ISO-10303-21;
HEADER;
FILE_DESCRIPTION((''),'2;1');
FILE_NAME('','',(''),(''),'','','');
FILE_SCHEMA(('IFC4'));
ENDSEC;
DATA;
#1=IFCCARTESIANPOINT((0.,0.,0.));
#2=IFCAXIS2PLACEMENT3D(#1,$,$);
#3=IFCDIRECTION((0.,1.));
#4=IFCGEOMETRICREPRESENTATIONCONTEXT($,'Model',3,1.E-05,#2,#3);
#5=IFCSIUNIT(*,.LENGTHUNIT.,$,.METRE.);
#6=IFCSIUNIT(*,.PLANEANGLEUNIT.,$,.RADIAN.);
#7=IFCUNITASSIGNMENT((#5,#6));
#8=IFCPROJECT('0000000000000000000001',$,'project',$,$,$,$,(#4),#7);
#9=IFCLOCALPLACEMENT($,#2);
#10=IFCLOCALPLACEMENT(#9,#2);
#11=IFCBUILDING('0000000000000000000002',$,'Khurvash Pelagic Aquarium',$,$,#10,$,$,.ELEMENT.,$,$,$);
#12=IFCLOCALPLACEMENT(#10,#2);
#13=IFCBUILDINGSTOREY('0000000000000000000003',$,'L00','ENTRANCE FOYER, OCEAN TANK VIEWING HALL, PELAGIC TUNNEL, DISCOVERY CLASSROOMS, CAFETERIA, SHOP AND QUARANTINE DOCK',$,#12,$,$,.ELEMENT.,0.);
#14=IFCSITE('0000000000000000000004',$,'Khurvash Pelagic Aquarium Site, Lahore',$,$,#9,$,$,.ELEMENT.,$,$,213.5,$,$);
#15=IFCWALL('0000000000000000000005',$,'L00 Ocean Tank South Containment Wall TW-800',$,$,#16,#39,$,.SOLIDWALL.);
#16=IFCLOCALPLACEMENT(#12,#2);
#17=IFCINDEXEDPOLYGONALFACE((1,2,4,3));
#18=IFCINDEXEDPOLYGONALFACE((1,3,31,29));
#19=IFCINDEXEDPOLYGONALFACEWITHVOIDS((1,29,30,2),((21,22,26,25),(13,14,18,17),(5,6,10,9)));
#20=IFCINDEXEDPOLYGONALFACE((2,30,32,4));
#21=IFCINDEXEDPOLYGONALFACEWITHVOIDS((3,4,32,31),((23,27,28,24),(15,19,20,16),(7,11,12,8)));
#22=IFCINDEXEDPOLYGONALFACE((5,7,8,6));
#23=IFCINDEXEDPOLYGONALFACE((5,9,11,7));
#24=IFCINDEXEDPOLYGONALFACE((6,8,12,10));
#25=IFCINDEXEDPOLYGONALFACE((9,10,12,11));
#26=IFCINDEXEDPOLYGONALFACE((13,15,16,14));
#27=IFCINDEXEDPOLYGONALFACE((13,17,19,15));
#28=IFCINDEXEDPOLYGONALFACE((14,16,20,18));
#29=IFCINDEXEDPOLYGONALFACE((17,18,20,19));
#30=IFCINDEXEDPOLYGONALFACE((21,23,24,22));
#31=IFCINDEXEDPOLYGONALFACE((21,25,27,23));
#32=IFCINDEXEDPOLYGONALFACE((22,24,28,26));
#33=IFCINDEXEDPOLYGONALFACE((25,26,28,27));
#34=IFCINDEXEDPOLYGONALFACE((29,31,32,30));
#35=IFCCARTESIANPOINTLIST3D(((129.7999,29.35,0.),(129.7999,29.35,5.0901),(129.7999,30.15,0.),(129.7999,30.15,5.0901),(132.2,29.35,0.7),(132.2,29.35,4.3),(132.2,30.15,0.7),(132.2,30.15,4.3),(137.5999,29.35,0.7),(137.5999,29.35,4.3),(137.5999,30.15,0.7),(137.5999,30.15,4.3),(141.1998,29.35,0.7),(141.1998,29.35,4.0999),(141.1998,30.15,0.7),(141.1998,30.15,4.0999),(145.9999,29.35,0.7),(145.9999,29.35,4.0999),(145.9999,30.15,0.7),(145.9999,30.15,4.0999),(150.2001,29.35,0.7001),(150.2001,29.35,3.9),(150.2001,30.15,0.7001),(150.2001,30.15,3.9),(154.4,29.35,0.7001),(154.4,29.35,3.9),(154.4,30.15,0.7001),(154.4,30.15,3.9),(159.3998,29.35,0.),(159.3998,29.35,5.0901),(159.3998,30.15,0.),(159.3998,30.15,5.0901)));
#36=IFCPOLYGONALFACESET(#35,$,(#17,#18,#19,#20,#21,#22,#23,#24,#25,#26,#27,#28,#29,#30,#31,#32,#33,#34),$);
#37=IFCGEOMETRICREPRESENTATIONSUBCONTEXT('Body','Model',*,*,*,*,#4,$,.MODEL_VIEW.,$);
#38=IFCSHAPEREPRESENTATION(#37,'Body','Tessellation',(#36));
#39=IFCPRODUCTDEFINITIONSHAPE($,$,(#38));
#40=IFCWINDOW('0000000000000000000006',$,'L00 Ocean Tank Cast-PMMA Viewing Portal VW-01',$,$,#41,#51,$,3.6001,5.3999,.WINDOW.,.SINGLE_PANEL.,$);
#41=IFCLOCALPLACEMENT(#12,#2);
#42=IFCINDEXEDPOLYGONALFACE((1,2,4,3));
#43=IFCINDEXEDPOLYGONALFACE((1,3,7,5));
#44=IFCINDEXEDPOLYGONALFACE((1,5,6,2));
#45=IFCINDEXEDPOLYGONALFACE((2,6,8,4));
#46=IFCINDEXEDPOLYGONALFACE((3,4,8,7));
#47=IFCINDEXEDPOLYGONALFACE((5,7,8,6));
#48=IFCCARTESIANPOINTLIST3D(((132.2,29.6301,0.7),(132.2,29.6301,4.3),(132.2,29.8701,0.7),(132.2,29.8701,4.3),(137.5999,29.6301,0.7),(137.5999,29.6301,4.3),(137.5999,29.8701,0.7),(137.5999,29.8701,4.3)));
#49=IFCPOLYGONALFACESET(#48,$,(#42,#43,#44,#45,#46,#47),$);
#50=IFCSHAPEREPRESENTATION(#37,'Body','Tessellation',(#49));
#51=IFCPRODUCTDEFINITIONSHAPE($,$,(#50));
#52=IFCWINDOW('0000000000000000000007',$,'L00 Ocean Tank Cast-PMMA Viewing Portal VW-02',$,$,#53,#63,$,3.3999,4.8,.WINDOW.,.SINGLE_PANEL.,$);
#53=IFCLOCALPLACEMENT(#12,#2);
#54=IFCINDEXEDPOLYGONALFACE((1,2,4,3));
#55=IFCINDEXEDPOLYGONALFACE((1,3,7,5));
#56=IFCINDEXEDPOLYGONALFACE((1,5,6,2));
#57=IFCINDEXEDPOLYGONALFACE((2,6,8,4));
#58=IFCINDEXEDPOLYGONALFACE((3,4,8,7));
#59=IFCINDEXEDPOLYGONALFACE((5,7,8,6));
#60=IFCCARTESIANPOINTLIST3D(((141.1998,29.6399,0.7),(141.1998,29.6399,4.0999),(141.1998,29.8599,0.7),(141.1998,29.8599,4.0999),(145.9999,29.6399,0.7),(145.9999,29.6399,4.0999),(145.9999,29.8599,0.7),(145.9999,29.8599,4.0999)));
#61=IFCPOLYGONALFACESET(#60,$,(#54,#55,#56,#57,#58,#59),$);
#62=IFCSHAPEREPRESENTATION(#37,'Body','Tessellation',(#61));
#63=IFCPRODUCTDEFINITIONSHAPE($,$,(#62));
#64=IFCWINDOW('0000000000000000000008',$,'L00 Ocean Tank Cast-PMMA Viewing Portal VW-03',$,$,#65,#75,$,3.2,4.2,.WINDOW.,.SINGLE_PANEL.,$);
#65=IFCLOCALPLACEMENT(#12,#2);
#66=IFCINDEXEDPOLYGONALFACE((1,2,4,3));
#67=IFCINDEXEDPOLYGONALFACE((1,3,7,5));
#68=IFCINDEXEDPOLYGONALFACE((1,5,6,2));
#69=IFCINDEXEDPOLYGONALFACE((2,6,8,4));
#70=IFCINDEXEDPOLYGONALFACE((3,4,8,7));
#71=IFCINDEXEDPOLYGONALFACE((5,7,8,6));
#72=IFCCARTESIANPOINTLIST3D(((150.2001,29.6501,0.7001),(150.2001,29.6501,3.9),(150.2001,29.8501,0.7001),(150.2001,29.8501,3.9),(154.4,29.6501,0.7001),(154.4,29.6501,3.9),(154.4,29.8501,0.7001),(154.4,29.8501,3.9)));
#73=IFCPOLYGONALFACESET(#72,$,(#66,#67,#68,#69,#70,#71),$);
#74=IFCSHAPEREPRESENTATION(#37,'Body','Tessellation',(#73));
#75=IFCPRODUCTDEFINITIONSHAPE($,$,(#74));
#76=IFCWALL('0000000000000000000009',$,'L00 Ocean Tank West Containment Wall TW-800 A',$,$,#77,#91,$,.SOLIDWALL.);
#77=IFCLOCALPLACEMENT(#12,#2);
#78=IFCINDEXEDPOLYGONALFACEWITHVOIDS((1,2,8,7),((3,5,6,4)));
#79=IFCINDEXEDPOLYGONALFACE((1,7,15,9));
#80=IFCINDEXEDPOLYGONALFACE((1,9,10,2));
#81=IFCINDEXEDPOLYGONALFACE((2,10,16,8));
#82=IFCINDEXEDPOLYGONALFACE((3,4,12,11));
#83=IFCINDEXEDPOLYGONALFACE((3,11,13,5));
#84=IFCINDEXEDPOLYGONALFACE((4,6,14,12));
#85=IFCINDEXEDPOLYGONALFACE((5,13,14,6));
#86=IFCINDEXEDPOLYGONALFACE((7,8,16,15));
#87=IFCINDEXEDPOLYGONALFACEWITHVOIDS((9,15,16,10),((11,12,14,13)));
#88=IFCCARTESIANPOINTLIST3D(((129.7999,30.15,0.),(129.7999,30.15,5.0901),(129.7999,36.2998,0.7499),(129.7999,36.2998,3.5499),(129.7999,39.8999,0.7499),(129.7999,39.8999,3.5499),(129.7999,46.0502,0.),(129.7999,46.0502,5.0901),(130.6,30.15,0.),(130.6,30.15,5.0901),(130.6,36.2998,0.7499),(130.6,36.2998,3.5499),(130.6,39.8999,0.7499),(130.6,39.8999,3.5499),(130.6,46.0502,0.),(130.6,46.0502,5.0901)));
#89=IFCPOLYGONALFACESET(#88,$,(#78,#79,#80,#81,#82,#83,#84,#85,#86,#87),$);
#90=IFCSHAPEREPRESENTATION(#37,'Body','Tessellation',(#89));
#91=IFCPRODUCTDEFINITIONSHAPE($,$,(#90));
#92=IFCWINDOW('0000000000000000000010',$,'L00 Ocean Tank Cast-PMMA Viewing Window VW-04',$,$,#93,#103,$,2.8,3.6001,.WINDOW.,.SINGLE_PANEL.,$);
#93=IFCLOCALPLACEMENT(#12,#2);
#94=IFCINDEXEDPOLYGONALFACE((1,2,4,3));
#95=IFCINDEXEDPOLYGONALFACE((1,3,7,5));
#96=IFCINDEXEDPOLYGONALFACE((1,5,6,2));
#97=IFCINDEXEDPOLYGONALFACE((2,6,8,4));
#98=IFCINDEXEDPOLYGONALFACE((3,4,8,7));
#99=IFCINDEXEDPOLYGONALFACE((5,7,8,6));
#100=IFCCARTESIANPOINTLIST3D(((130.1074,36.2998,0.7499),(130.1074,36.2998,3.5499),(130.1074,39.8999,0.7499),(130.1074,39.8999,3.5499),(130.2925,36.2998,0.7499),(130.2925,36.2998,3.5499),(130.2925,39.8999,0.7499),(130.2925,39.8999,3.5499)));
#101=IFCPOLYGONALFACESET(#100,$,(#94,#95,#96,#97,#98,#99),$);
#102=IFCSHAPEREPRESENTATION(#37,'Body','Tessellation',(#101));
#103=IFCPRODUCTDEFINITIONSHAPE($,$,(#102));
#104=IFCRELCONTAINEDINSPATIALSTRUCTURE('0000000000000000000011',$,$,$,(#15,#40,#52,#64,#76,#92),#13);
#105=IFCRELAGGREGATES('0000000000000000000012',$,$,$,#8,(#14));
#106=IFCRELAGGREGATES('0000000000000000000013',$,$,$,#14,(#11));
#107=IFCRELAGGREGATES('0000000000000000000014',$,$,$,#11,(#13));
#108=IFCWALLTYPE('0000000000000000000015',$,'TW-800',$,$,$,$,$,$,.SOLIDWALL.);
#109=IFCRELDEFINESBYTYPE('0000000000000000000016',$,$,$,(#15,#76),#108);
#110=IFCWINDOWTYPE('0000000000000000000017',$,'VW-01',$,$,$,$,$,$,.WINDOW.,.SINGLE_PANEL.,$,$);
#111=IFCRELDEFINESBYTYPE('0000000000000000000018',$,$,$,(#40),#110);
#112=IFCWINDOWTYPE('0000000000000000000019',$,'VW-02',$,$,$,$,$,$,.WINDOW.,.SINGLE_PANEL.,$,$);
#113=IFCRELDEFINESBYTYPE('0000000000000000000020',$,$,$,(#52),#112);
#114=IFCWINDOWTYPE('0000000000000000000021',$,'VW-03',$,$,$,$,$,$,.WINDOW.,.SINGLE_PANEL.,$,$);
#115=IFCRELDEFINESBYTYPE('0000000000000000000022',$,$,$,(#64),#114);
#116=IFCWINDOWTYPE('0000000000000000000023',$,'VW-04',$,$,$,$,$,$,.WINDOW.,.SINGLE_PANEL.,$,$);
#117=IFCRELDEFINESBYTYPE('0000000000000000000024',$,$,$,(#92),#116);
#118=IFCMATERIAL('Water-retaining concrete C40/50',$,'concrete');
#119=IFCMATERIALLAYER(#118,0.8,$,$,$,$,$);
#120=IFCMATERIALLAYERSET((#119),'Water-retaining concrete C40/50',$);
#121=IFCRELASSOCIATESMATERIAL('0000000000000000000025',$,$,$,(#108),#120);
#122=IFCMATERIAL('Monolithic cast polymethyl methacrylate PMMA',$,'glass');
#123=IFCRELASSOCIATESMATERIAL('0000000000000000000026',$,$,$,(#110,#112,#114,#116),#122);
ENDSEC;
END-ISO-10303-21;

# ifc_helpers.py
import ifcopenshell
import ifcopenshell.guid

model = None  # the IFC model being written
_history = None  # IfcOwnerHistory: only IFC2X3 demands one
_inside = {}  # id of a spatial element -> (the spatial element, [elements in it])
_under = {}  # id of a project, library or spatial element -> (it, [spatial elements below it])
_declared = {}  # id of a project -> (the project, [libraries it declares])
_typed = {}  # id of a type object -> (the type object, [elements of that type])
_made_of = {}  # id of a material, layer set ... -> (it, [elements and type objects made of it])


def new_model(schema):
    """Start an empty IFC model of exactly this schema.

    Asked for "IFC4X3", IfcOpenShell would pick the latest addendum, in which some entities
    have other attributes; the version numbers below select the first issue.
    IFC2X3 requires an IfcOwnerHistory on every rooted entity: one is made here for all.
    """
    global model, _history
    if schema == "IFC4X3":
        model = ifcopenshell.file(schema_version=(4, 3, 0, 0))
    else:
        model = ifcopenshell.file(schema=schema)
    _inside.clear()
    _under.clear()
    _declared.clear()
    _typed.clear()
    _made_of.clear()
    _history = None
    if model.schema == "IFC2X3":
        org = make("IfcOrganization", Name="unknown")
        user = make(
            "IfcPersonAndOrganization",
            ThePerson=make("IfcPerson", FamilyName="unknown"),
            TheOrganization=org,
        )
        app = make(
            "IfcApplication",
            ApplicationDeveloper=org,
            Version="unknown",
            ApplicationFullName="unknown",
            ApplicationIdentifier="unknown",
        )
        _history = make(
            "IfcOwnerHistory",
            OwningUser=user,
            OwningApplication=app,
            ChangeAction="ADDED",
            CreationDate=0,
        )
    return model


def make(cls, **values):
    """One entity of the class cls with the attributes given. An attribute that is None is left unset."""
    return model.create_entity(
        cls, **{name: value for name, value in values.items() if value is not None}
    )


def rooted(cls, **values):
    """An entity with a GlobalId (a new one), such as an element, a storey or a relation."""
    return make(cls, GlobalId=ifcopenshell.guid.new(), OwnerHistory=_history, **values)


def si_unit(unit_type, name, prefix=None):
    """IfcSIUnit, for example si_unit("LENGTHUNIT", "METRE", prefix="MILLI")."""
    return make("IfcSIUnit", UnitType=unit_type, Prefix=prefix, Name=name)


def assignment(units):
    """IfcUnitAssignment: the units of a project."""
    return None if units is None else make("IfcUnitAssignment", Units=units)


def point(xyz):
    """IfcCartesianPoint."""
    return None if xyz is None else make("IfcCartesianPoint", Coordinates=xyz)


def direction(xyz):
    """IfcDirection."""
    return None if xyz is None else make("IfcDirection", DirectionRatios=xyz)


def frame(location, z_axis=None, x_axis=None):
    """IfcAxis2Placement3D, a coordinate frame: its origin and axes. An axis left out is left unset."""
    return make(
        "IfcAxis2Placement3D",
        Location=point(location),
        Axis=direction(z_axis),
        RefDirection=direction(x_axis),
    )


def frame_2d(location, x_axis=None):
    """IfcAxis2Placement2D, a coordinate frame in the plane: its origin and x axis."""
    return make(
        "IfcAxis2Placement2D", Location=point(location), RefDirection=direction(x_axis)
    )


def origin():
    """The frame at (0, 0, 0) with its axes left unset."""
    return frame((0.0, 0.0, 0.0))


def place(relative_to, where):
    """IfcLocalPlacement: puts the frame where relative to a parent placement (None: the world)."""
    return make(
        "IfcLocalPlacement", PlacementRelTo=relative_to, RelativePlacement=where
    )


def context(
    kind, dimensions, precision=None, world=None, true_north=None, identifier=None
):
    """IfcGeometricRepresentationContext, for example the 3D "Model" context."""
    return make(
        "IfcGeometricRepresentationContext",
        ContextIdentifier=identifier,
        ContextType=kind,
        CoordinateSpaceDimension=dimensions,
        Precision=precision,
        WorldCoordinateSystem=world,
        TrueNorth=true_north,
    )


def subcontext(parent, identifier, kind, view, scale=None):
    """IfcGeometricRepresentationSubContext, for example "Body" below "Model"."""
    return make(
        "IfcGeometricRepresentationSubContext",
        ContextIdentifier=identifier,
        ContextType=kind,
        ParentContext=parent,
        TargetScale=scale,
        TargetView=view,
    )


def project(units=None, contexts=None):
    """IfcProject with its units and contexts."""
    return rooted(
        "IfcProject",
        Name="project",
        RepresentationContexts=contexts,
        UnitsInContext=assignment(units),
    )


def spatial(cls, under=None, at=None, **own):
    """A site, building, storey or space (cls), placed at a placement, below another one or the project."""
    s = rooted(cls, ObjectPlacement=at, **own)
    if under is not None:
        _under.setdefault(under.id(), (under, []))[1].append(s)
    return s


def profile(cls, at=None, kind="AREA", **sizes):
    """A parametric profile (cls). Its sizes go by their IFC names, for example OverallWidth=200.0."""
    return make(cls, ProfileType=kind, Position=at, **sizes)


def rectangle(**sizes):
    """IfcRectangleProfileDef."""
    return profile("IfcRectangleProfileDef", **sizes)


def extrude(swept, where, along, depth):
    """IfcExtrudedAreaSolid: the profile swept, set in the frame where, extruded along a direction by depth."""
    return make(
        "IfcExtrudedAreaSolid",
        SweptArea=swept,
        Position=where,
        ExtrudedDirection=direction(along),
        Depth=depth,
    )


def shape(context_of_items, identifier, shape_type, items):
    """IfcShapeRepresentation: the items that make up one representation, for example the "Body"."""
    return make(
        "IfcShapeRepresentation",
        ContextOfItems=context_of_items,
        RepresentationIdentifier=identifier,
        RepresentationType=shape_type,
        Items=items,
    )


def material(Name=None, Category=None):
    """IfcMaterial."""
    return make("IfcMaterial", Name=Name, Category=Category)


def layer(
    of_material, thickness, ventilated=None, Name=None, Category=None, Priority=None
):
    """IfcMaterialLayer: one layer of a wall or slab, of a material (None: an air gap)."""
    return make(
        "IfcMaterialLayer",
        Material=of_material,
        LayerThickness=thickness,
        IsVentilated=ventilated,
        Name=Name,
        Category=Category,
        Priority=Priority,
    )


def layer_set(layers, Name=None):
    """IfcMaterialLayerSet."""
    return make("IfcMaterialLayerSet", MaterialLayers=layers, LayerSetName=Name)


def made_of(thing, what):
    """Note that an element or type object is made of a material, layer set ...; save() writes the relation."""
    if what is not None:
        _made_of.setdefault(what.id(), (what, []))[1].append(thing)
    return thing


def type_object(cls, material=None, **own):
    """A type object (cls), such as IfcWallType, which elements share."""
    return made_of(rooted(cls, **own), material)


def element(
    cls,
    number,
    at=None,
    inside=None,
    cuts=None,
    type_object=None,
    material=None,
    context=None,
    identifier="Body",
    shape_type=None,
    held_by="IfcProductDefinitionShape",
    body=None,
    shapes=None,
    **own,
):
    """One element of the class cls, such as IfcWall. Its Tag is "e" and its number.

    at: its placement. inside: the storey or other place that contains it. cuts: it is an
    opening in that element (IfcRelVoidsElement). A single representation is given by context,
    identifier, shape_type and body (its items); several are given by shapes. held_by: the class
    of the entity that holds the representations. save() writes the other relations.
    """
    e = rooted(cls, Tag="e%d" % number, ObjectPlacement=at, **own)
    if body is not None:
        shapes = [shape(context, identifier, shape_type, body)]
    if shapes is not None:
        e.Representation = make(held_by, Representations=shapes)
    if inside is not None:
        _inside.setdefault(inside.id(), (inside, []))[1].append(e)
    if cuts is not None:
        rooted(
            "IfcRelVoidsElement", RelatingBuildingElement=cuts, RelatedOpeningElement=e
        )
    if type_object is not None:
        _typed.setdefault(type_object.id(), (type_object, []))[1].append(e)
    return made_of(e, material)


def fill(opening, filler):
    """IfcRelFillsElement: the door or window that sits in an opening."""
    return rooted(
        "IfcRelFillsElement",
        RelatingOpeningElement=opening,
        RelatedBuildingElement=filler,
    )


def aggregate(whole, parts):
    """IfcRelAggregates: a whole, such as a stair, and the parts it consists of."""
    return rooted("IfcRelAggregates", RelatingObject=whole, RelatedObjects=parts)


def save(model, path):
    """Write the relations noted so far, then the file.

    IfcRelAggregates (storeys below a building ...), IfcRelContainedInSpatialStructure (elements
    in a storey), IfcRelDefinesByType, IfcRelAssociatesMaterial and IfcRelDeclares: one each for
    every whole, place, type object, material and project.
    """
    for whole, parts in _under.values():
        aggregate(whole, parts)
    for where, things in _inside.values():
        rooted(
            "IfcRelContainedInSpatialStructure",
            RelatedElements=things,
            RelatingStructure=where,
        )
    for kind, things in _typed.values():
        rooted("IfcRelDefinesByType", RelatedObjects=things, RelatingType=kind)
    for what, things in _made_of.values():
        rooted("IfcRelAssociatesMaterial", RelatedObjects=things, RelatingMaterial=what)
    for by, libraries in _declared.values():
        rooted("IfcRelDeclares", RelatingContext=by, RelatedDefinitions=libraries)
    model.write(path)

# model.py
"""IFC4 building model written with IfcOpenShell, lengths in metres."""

from ifc_helpers import new_model, si_unit, direction, frame, frame_2d, origin, place, context, subcontext, project, spatial, rectangle, extrude, material, layer, layer_set, type_object, element, fill, save


model = new_model("IFC4")

# Units and contexts
model_context = context("Model", 3, precision=1e-05, world=origin(), true_north=direction((0.0, 1.0)))
body_context = subcontext(model_context, "Body", "Model", "MODEL_VIEW")
ifc_project = project(units=[si_unit("LENGTHUNIT", "METRE"), si_unit("PLANEANGLEUNIT", "RADIAN")], contexts=[model_context])

# Site, building, storey
site_placement = place(None, origin())
site = spatial("IfcSite", under=ifc_project, at=site_placement, Name="Khurvash Pelagic Aquarium Site, Lahore", CompositionType="ELEMENT", RefElevation=213.5)
building_placement = place(site_placement, origin())
building = spatial("IfcBuilding", under=site, at=building_placement, Name="Khurvash Pelagic Aquarium", CompositionType="ELEMENT")
storey_placement = place(building_placement, origin())
storey = spatial("IfcBuildingStorey", under=building, at=storey_placement, Name="L00", Description="ENTRANCE FOYER, OCEAN TANK VIEWING HALL, PELAGIC TUNNEL, DISCOVERY CLASSROOMS, CAFETERIA, SHOP AND QUARANTINE DOCK", CompositionType="ELEMENT", Elevation=0.0)

# Shared definitions
ifc_material_1 = material(Name="Water-retaining concrete C40/50", Category="concrete")

# Wall, openings, windows
ifc_layer_1 = layer(ifc_material_1, 0.8)
ifc_layer_set_1 = layer_set([ifc_layer_1], Name="Water-retaining concrete C40/50")
wall_type_1 = type_object("IfcWallType", Name="TW-800", PredefinedType="SOLIDWALL", material=ifc_layer_set_1)
wall_1_placement = place(storey_placement, frame((129.8, 29.75, 0.0), z_axis=(0.0, 0.0, 1.0), x_axis=(1.0, 0.0, 0.0)))
wall_1 = element("IfcWall", 1, at=wall_1_placement, inside=storey, type_object=wall_type_1, Name="L00 Ocean Tank South Containment Wall TW-800", PredefinedType="SOLIDWALL", context=body_context, shape_type="SweptSolid", body=[
    extrude(rectangle(XDim=29.5999, YDim=0.8, at=frame_2d((14.7998, 0.0))), origin(), (0.0, 0.0, 1.0), 5.0901),
])
opening_1_placement = place(wall_1_placement, frame((2.3999, 0.0, 0.7)))
opening_1 = element("IfcOpeningElement", 2, at=opening_1_placement, cuts=wall_1, PredefinedType="OPENING", context=body_context, shape_type="SweptSolid", body=[
    extrude(rectangle(XDim=5.3999, YDim=3.6001, at=frame_2d((2.7, 1.8))), frame((0.0, 0.4102, 0.0), z_axis=(0.0, -1.0, 0.0), x_axis=(1.0, 0.0, 0.0)), (0.0, 0.0, 1.0), 0.8201),
])
opening_2_placement = place(wall_1_placement, frame((11.3999, 0.0, 0.7)))
opening_2 = element("IfcOpeningElement", 3, at=opening_2_placement, cuts=wall_1, PredefinedType="OPENING", context=body_context, shape_type="SweptSolid", body=[
    extrude(rectangle(XDim=4.8, YDim=3.3999, at=frame_2d((2.3999, 1.7))), frame((0.0, 0.4102, 0.0), z_axis=(0.0, -1.0, 0.0), x_axis=(1.0, 0.0, 0.0)), (0.0, 0.0, 1.0), 0.8201),
])
opening_3_placement = place(wall_1_placement, frame((20.3999, 0.0, 0.7)))
opening_3 = element("IfcOpeningElement", 4, at=opening_3_placement, cuts=wall_1, PredefinedType="OPENING", context=body_context, shape_type="SweptSolid", body=[
    extrude(rectangle(XDim=4.2, YDim=3.2, at=frame_2d((2.1001, 1.6001))), frame((0.0, 0.4102, 0.0), z_axis=(0.0, -1.0, 0.0), x_axis=(1.0, 0.0, 0.0)), (0.0, 0.0, 1.0), 0.8201),
])
ifc_material_2 = material(Name="Monolithic cast polymethyl methacrylate PMMA", Category="glass")
window_type_1 = type_object("IfcWindowType", Name="VW-01", PartitioningType="SINGLE_PANEL", PredefinedType="WINDOW", material=ifc_material_2)
window_1_placement = place(opening_1_placement, origin())
window_1 = element("IfcWindow", 5, at=window_1_placement, inside=storey, type_object=window_type_1, Name="L00 Ocean Tank Cast-PMMA Viewing Portal VW-01", OverallHeight=3.6001, OverallWidth=5.3999, PartitioningType="SINGLE_PANEL", PredefinedType="WINDOW", context=body_context, shape_type="SweptSolid", body=[
    extrude(rectangle(XDim=5.3999, YDim=3.6001, at=frame_2d((2.7, 1.8))), frame((0.0, 0.1201, 0.0), z_axis=(0.0, -1.0, 0.0), x_axis=(1.0, 0.0, 0.0)), (0.0, 0.0, 1.0), 0.24),
])
fill(opening_1, window_1)
window_type_2 = type_object("IfcWindowType", Name="VW-02", PartitioningType="SINGLE_PANEL", PredefinedType="WINDOW", material=ifc_material_2)
window_2_placement = place(opening_2_placement, origin())
window_2 = element("IfcWindow", 6, at=window_2_placement, inside=storey, type_object=window_type_2, Name="L00 Ocean Tank Cast-PMMA Viewing Portal VW-02", OverallHeight=3.3999, OverallWidth=4.8, PartitioningType="SINGLE_PANEL", PredefinedType="WINDOW", context=body_context, shape_type="SweptSolid", body=[
    extrude(rectangle(XDim=4.8, YDim=3.3999, at=frame_2d((2.3999, 1.7))), frame((0.0, 0.1099, 0.0), z_axis=(0.0, -1.0, 0.0), x_axis=(1.0, 0.0, 0.0)), (0.0, 0.0, 1.0), 0.22),
])
fill(opening_2, window_2)
window_type_3 = type_object("IfcWindowType", Name="VW-03", PartitioningType="SINGLE_PANEL", PredefinedType="WINDOW", material=ifc_material_2)
window_3_placement = place(opening_3_placement, origin())
window_3 = element("IfcWindow", 7, at=window_3_placement, inside=storey, type_object=window_type_3, Name="L00 Ocean Tank Cast-PMMA Viewing Portal VW-03", OverallHeight=3.2, OverallWidth=4.2, PartitioningType="SINGLE_PANEL", PredefinedType="WINDOW", context=body_context, shape_type="SweptSolid", body=[
    extrude(rectangle(XDim=4.2, YDim=3.2, at=frame_2d((2.1001, 1.6001))), frame((0.0, 0.1001, 0.0), z_axis=(0.0, -1.0, 0.0), x_axis=(1.0, 0.0, 0.0)), (0.0, 0.0, 1.0), 0.2),
])
fill(opening_3, window_3)

# Wall, opening, window
wall_2_placement = place(storey_placement, frame((130.2, 30.1499, 0.0), z_axis=(0.0, 0.0, 1.0), x_axis=(0.0, 1.0, 0.0)))
wall_2 = element("IfcWall", 8, at=wall_2_placement, inside=storey, type_object=wall_type_1, Name="L00 Ocean Tank West Containment Wall TW-800 A", PredefinedType="SOLIDWALL", context=body_context, shape_type="SweptSolid", body=[
    extrude(rectangle(XDim=15.9001, YDim=0.8, at=frame_2d((7.9502, 0.0))), origin(), (0.0, 0.0, 1.0), 5.0901),
])
opening_4_placement = place(wall_2_placement, frame((6.1499, 0.0, 0.75)))
opening_4 = element("IfcOpeningElement", 9, at=opening_4_placement, cuts=wall_2, PredefinedType="OPENING", context=body_context, shape_type="SweptSolid", body=[
    extrude(rectangle(XDim=3.6001, YDim=2.8, at=frame_2d((1.8, 1.3999))), frame((0.0, 0.4102, 0.0), z_axis=(0.0, -1.0, 0.0), x_axis=(1.0, 0.0, 0.0)), (0.0, 0.0, 1.0), 0.8201),
])
window_type_4 = type_object("IfcWindowType", Name="VW-04", PartitioningType="SINGLE_PANEL", PredefinedType="WINDOW", material=ifc_material_2)
window_4_placement = place(opening_4_placement, origin())
window_4 = element("IfcWindow", 10, at=window_4_placement, inside=storey, type_object=window_type_4, Name="L00 Ocean Tank Cast-PMMA Viewing Window VW-04", OverallHeight=2.8, OverallWidth=3.6001, PartitioningType="SINGLE_PANEL", PredefinedType="WINDOW", context=body_context, shape_type="SweptSolid", body=[
    extrude(rectangle(XDim=3.6001, YDim=2.8, at=frame_2d((1.8, 1.3999))), frame((0.0, 0.0925, 0.0), z_axis=(0.0, -1.0, 0.0), x_axis=(1.0, 0.0, 0.0)), (0.0, 0.0, 1.0), 0.1851),
])
fill(opening_4, window_4)

save(model, "model.ifc")
